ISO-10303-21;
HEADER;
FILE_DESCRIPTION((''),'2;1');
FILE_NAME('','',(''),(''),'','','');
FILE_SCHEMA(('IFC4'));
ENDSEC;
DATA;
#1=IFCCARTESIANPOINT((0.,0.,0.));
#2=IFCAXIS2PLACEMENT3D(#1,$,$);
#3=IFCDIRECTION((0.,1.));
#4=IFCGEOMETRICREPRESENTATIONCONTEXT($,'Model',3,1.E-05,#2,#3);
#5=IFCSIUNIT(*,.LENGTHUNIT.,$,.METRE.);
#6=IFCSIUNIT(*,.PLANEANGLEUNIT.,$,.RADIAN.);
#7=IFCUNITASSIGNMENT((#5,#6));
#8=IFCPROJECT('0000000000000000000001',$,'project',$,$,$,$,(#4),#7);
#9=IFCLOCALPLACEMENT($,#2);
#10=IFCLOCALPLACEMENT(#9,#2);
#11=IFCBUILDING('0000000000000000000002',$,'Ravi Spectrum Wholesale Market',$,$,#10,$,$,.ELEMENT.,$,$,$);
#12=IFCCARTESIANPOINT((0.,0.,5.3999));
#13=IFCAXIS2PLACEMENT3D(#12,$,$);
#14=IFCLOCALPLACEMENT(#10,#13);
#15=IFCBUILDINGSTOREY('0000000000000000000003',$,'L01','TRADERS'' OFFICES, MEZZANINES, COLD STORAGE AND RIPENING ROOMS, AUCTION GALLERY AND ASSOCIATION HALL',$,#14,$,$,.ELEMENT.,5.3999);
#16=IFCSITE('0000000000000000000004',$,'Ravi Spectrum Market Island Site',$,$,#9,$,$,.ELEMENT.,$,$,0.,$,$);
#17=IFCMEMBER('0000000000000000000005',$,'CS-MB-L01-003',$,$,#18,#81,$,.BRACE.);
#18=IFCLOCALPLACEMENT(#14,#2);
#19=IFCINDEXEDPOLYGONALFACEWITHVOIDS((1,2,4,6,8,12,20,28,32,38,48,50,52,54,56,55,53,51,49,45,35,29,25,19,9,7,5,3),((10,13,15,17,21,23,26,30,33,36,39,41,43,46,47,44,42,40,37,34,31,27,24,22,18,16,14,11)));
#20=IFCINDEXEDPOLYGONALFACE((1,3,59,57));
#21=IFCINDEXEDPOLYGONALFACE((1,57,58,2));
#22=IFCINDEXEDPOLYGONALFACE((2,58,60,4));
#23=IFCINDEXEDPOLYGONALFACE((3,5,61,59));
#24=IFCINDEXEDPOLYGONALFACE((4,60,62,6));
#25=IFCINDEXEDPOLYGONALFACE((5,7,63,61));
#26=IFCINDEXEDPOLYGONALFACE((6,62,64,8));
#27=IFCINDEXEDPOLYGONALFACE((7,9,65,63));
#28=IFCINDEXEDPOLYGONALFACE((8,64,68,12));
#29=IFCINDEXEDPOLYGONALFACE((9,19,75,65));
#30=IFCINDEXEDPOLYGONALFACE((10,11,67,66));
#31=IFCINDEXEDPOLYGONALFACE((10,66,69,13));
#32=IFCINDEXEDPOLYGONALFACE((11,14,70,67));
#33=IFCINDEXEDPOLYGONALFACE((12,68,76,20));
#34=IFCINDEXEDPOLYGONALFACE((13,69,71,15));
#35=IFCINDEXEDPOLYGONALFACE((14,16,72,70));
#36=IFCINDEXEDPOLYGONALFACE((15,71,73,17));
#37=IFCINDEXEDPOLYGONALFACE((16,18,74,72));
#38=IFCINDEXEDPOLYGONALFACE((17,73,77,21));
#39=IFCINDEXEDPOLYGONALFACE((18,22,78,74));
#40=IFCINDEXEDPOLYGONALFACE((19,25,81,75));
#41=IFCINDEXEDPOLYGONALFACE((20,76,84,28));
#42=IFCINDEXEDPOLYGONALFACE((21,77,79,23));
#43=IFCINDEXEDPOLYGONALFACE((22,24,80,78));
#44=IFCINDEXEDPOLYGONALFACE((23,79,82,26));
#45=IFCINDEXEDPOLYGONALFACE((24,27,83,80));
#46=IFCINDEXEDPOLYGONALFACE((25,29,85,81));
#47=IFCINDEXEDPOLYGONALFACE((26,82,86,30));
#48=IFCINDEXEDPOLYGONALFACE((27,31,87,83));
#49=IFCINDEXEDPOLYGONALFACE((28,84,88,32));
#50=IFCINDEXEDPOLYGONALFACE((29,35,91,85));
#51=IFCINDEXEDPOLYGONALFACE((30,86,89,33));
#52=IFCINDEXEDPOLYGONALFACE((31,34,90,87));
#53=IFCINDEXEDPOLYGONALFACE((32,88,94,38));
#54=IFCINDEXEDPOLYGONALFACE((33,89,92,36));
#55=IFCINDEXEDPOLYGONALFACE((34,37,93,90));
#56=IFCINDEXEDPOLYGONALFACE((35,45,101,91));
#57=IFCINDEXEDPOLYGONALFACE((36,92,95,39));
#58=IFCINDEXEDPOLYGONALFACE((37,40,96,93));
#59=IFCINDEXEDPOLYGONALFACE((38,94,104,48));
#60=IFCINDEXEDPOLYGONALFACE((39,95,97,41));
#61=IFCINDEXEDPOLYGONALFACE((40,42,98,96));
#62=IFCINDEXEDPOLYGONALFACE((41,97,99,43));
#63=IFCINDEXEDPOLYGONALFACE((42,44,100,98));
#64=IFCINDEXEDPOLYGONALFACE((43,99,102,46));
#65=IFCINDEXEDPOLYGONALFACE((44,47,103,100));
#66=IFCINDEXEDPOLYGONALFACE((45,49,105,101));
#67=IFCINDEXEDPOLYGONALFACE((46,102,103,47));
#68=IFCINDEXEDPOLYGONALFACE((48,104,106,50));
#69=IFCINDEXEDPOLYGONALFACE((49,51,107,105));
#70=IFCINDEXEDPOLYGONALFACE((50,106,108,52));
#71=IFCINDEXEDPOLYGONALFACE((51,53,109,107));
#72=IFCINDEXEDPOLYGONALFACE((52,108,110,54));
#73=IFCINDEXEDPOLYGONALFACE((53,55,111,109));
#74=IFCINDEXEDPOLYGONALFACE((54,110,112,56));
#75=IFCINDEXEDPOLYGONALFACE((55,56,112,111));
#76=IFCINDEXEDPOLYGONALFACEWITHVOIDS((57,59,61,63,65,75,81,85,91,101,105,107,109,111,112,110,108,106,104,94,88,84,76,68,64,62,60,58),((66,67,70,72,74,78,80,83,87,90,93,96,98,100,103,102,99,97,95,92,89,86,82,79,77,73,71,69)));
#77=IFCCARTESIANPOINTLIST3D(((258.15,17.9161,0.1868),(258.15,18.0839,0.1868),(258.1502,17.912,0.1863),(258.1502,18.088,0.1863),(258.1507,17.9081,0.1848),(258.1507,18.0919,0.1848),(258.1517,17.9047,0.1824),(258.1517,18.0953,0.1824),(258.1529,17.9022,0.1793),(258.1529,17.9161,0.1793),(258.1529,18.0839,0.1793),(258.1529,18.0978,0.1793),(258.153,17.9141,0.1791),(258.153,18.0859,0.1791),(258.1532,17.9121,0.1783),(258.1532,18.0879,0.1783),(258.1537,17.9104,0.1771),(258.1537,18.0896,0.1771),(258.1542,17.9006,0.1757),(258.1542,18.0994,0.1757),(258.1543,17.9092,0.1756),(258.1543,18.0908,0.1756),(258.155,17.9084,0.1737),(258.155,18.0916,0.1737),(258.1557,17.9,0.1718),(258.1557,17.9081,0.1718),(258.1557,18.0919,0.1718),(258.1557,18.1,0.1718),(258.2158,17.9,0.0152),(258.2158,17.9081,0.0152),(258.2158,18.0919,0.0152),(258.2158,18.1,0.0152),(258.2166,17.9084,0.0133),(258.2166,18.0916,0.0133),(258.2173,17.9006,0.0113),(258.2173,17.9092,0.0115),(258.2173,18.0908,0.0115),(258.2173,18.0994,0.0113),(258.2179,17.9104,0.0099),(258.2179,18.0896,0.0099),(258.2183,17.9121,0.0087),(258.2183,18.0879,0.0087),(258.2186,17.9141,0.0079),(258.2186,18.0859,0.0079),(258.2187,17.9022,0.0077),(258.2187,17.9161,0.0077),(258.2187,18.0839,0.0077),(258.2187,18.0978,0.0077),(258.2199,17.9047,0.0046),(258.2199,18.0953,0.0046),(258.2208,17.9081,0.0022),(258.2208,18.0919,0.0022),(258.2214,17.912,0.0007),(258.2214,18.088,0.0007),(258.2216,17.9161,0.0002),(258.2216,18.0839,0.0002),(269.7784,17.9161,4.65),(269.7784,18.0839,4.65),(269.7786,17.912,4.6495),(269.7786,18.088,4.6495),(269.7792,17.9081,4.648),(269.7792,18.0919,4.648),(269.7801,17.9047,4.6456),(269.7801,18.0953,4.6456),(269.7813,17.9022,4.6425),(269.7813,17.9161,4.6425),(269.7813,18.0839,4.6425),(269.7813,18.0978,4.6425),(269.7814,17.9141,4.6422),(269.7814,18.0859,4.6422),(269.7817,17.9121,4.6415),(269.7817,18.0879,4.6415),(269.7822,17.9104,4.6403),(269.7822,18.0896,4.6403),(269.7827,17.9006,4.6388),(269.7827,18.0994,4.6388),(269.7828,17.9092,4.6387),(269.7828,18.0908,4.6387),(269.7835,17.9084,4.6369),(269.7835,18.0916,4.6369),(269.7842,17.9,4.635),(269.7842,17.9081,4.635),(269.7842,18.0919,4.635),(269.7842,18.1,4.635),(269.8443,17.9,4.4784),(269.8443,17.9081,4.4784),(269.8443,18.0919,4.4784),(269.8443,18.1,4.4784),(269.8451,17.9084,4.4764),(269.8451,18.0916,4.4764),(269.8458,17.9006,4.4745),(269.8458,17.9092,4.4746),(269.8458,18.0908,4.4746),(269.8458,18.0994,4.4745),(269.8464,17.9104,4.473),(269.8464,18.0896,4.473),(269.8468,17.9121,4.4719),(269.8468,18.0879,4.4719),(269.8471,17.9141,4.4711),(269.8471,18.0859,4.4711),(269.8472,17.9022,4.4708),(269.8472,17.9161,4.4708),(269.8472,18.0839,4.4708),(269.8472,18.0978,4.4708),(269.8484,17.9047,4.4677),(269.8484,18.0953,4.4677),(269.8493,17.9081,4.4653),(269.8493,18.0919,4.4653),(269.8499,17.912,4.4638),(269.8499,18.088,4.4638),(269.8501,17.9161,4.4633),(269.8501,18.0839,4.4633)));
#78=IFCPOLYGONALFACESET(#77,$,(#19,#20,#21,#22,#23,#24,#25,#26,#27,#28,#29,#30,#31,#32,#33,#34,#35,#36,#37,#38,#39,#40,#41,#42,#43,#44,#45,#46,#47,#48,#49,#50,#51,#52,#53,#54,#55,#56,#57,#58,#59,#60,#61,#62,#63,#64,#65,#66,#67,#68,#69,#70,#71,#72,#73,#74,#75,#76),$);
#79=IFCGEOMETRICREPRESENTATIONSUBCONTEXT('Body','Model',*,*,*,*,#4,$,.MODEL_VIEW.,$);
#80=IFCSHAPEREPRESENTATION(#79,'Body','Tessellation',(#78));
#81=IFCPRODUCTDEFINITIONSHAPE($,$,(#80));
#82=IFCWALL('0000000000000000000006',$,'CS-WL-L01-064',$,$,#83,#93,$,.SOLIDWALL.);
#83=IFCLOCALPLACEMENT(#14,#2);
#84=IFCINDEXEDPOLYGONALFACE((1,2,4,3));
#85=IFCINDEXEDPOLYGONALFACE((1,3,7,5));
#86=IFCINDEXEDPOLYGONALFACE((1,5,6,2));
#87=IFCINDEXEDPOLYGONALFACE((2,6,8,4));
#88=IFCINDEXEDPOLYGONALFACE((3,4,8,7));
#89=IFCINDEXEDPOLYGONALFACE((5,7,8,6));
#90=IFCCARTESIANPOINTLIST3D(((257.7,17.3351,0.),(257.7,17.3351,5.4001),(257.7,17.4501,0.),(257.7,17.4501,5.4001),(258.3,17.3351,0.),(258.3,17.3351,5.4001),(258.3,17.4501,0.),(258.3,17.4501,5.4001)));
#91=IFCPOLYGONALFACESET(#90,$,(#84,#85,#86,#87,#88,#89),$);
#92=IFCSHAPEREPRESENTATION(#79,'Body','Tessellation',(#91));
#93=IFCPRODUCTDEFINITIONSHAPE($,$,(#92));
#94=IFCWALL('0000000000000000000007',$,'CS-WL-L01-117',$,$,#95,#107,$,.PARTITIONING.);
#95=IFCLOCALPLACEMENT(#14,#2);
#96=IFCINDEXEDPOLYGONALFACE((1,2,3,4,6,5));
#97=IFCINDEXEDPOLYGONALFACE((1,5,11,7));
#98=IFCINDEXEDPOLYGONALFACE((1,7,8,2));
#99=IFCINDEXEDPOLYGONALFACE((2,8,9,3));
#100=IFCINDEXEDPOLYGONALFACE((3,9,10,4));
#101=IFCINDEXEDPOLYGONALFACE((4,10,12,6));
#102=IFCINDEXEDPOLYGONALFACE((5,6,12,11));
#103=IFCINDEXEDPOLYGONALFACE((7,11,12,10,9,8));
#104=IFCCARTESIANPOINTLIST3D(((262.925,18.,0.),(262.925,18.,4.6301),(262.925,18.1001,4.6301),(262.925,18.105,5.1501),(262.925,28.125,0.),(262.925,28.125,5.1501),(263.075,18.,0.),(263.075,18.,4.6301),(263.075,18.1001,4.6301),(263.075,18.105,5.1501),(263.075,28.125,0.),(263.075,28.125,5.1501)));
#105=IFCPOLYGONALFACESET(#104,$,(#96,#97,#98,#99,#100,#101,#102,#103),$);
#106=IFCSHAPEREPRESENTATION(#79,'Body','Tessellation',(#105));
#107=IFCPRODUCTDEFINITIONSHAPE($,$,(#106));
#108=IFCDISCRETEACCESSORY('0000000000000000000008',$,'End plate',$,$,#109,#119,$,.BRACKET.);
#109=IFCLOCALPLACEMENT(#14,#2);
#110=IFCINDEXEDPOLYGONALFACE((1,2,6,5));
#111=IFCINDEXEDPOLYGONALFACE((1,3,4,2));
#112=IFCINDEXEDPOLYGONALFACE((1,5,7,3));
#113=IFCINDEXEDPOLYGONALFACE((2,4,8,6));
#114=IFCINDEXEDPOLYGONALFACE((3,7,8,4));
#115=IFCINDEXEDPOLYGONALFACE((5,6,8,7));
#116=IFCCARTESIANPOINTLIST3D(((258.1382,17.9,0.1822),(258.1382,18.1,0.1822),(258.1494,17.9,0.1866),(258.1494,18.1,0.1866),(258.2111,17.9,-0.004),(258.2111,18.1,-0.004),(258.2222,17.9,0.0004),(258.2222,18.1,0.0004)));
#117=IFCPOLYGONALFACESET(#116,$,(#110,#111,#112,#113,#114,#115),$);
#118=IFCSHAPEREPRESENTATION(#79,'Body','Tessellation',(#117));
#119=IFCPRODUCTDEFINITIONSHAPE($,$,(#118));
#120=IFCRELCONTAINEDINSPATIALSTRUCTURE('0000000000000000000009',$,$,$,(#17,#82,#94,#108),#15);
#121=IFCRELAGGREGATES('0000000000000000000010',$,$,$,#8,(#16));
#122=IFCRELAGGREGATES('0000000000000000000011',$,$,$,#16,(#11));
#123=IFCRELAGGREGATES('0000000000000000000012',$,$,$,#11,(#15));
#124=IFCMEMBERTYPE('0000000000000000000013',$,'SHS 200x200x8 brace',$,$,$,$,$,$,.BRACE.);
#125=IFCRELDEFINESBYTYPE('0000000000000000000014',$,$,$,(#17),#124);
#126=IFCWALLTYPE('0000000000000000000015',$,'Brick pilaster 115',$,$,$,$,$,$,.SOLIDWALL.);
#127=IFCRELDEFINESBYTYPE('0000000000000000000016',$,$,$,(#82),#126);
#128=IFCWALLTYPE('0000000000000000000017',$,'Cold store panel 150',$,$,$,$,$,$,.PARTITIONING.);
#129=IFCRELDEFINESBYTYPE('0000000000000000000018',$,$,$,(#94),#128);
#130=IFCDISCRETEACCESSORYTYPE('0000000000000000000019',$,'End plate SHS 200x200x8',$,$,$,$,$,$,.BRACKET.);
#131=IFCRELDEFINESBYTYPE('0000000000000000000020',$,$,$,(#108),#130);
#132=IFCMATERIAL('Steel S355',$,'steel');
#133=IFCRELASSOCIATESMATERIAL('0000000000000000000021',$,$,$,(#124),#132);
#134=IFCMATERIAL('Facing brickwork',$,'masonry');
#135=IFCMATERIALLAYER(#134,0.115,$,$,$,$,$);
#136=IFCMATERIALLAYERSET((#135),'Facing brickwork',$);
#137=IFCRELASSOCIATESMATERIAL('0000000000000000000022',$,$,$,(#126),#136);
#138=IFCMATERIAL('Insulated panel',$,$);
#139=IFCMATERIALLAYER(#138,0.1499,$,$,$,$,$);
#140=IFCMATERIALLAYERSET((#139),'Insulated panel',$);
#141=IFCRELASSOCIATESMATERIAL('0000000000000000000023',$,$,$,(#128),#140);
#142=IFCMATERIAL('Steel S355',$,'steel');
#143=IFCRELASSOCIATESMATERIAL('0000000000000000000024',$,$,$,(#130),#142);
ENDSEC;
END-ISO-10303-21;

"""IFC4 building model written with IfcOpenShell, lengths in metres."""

from ifc_helpers import new_model, si_unit, direction, frame, frame_2d, origin, origin_2d, place, context, subcontext, project, spatial, polyline, rectangle, hollow_rectangle, outline, extrude, material, layer, layer_set, material_profile, profile_set, type_object, element, save


model = new_model("IFC4")

# Units and contexts
model_context = context("Model", 3, precision=1e-05, world=origin(), true_north=direction((0.0, 1.0)))
body_context = subcontext(model_context, "Body", "Model", "MODEL_VIEW")
ifc_project = project(units=[si_unit("LENGTHUNIT", "METRE"), si_unit("PLANEANGLEUNIT", "RADIAN")], contexts=[model_context])

# Site, building, storey
site_placement = place(None, origin())
site = spatial("IfcSite", under=ifc_project, at=site_placement, Name="Ravi Spectrum Market Island Site", CompositionType="ELEMENT", RefElevation=0.0)
building_placement = place(site_placement, origin())
building = spatial("IfcBuilding", under=site, at=building_placement, Name="Ravi Spectrum Wholesale Market", CompositionType="ELEMENT")
storey_placement = place(building_placement, frame((0.0, 0.0, 5.3999)))
storey = spatial("IfcBuildingStorey", under=building, at=storey_placement, Name="L01", Description="TRADERS' OFFICES, MEZZANINES, COLD STORAGE AND RIPENING ROOMS, AUCTION GALLERY AND ASSOCIATION HALL", CompositionType="ELEMENT", Elevation=5.3999)

# Member
ifc_material_1 = material(Name="Steel S355", Category="steel")
ifc_material_profile_1 = material_profile(ifc_material_1, hollow_rectangle(XDim=0.2, YDim=0.2, WallThickness=0.0081, InnerFilletRadius=0.0081, OuterFilletRadius=0.0161, at=origin_2d()))
ifc_profile_set_1 = profile_set([ifc_material_profile_1], Name="Steel S355")
member_type = type_object("IfcMemberType", Name="SHS 200x200x8 brace", PredefinedType="BRACE", material=ifc_profile_set_1)
member_placement = place(storey_placement, frame((258.1858, 18.0, 0.0935), z_axis=(0.933596, 0.0, 0.358326), x_axis=(0.0, 1.0, 0.0)))
element("IfcMember", 1, at=member_placement, inside=storey, type_object=member_type, Name="CS-MB-L01-003", PredefinedType="BRACE", context=body_context, shape_type="SweptSolid", body=[
    extrude(hollow_rectangle(XDim=0.2, YDim=0.2, WallThickness=0.0081, InnerFilletRadius=0.0081, OuterFilletRadius=0.0161, at=origin_2d()), origin(), (0.0, 0.0, 1.0), 12.4556),
])

# Walls
ifc_material_2 = material(Name="Facing brickwork", Category="masonry")
ifc_layer_1 = layer(ifc_material_2, 0.115)
ifc_layer_set_1 = layer_set([ifc_layer_1], Name="Facing brickwork")
wall_type_1 = type_object("IfcWallType", Name="Brick pilaster 115", PredefinedType="SOLIDWALL", material=ifc_layer_set_1)
wall_1_placement = place(storey_placement, frame((257.7, 17.3926, 0.0), z_axis=(0.0, 0.0, 1.0), x_axis=(1.0, 0.0, 0.0)))
element("IfcWall", 2, at=wall_1_placement, inside=storey, type_object=wall_type_1, Name="CS-WL-L01-064", PredefinedType="SOLIDWALL", context=body_context, shape_type="SweptSolid", body=[
    extrude(rectangle(XDim=0.6001, YDim=0.115, at=frame_2d((0.3, 0.0))), origin(), (0.0, 0.0, 1.0), 5.4001),
])
ifc_material_3 = material(Name="Insulated panel")
ifc_layer_2 = layer(ifc_material_3, 0.1499)
ifc_layer_set_2 = layer_set([ifc_layer_2], Name="Insulated panel")
wall_type_2 = type_object("IfcWallType", Name="Cold store panel 150", PredefinedType="PARTITIONING", material=ifc_layer_set_2)
wall_2_placement = place(storey_placement, frame((263.0, 18.0, 0.0), z_axis=(0.0, 0.0, 1.0), x_axis=(0.0, 1.0, 0.0)))
element("IfcWall", 3, at=wall_2_placement, inside=storey, type_object=wall_type_2, Name="CS-WL-L01-117", PredefinedType="PARTITIONING", context=body_context, shape_type="SweptSolid", body=[
    extrude(outline(polyline([(0.0, 0.0), (10.125, 0.0), (10.125, 5.1501), (0.105, 5.1501), (0.1001, 4.6301), (0.0, 4.6301), (0.0, 0.0)])), frame((0.0, 0.075, 0.0), z_axis=(0.0, -1.0, 0.0), x_axis=(1.0, 0.0, 0.0)), (0.0, 0.0, 1.0), 0.1499),
])

# Discrete accessory
ifc_material_4 = material(Name="Steel S355", Category="steel")
ifc_material_profile_2 = material_profile(ifc_material_4, rectangle(XDim=0.2, YDim=0.2, at=origin_2d()))
ifc_profile_set_2 = profile_set([ifc_material_profile_2], Name="Steel S355")
discrete_accessory_type = type_object("IfcDiscreteAccessoryType", Name="End plate SHS 200x200x8", PredefinedType="BRACKET", material=ifc_profile_set_2)
discrete_accessory_placement = place(storey_placement, frame((258.1858, 18.0, 0.0935), z_axis=(-0.931243, 0.0, -0.364399), x_axis=(0.0, -1.0, 0.0)))
element("IfcDiscreteAccessory", 4, at=discrete_accessory_placement, inside=storey, type_object=discrete_accessory_type, Name="End plate", PredefinedType="BRACKET", context=body_context, shape_type="SweptSolid", body=[
    extrude(rectangle(XDim=0.2, YDim=0.2, at=origin_2d()), origin(), (0.0, 0.0, 1.0), 0.012),
])

save(model, "model.ifc")
